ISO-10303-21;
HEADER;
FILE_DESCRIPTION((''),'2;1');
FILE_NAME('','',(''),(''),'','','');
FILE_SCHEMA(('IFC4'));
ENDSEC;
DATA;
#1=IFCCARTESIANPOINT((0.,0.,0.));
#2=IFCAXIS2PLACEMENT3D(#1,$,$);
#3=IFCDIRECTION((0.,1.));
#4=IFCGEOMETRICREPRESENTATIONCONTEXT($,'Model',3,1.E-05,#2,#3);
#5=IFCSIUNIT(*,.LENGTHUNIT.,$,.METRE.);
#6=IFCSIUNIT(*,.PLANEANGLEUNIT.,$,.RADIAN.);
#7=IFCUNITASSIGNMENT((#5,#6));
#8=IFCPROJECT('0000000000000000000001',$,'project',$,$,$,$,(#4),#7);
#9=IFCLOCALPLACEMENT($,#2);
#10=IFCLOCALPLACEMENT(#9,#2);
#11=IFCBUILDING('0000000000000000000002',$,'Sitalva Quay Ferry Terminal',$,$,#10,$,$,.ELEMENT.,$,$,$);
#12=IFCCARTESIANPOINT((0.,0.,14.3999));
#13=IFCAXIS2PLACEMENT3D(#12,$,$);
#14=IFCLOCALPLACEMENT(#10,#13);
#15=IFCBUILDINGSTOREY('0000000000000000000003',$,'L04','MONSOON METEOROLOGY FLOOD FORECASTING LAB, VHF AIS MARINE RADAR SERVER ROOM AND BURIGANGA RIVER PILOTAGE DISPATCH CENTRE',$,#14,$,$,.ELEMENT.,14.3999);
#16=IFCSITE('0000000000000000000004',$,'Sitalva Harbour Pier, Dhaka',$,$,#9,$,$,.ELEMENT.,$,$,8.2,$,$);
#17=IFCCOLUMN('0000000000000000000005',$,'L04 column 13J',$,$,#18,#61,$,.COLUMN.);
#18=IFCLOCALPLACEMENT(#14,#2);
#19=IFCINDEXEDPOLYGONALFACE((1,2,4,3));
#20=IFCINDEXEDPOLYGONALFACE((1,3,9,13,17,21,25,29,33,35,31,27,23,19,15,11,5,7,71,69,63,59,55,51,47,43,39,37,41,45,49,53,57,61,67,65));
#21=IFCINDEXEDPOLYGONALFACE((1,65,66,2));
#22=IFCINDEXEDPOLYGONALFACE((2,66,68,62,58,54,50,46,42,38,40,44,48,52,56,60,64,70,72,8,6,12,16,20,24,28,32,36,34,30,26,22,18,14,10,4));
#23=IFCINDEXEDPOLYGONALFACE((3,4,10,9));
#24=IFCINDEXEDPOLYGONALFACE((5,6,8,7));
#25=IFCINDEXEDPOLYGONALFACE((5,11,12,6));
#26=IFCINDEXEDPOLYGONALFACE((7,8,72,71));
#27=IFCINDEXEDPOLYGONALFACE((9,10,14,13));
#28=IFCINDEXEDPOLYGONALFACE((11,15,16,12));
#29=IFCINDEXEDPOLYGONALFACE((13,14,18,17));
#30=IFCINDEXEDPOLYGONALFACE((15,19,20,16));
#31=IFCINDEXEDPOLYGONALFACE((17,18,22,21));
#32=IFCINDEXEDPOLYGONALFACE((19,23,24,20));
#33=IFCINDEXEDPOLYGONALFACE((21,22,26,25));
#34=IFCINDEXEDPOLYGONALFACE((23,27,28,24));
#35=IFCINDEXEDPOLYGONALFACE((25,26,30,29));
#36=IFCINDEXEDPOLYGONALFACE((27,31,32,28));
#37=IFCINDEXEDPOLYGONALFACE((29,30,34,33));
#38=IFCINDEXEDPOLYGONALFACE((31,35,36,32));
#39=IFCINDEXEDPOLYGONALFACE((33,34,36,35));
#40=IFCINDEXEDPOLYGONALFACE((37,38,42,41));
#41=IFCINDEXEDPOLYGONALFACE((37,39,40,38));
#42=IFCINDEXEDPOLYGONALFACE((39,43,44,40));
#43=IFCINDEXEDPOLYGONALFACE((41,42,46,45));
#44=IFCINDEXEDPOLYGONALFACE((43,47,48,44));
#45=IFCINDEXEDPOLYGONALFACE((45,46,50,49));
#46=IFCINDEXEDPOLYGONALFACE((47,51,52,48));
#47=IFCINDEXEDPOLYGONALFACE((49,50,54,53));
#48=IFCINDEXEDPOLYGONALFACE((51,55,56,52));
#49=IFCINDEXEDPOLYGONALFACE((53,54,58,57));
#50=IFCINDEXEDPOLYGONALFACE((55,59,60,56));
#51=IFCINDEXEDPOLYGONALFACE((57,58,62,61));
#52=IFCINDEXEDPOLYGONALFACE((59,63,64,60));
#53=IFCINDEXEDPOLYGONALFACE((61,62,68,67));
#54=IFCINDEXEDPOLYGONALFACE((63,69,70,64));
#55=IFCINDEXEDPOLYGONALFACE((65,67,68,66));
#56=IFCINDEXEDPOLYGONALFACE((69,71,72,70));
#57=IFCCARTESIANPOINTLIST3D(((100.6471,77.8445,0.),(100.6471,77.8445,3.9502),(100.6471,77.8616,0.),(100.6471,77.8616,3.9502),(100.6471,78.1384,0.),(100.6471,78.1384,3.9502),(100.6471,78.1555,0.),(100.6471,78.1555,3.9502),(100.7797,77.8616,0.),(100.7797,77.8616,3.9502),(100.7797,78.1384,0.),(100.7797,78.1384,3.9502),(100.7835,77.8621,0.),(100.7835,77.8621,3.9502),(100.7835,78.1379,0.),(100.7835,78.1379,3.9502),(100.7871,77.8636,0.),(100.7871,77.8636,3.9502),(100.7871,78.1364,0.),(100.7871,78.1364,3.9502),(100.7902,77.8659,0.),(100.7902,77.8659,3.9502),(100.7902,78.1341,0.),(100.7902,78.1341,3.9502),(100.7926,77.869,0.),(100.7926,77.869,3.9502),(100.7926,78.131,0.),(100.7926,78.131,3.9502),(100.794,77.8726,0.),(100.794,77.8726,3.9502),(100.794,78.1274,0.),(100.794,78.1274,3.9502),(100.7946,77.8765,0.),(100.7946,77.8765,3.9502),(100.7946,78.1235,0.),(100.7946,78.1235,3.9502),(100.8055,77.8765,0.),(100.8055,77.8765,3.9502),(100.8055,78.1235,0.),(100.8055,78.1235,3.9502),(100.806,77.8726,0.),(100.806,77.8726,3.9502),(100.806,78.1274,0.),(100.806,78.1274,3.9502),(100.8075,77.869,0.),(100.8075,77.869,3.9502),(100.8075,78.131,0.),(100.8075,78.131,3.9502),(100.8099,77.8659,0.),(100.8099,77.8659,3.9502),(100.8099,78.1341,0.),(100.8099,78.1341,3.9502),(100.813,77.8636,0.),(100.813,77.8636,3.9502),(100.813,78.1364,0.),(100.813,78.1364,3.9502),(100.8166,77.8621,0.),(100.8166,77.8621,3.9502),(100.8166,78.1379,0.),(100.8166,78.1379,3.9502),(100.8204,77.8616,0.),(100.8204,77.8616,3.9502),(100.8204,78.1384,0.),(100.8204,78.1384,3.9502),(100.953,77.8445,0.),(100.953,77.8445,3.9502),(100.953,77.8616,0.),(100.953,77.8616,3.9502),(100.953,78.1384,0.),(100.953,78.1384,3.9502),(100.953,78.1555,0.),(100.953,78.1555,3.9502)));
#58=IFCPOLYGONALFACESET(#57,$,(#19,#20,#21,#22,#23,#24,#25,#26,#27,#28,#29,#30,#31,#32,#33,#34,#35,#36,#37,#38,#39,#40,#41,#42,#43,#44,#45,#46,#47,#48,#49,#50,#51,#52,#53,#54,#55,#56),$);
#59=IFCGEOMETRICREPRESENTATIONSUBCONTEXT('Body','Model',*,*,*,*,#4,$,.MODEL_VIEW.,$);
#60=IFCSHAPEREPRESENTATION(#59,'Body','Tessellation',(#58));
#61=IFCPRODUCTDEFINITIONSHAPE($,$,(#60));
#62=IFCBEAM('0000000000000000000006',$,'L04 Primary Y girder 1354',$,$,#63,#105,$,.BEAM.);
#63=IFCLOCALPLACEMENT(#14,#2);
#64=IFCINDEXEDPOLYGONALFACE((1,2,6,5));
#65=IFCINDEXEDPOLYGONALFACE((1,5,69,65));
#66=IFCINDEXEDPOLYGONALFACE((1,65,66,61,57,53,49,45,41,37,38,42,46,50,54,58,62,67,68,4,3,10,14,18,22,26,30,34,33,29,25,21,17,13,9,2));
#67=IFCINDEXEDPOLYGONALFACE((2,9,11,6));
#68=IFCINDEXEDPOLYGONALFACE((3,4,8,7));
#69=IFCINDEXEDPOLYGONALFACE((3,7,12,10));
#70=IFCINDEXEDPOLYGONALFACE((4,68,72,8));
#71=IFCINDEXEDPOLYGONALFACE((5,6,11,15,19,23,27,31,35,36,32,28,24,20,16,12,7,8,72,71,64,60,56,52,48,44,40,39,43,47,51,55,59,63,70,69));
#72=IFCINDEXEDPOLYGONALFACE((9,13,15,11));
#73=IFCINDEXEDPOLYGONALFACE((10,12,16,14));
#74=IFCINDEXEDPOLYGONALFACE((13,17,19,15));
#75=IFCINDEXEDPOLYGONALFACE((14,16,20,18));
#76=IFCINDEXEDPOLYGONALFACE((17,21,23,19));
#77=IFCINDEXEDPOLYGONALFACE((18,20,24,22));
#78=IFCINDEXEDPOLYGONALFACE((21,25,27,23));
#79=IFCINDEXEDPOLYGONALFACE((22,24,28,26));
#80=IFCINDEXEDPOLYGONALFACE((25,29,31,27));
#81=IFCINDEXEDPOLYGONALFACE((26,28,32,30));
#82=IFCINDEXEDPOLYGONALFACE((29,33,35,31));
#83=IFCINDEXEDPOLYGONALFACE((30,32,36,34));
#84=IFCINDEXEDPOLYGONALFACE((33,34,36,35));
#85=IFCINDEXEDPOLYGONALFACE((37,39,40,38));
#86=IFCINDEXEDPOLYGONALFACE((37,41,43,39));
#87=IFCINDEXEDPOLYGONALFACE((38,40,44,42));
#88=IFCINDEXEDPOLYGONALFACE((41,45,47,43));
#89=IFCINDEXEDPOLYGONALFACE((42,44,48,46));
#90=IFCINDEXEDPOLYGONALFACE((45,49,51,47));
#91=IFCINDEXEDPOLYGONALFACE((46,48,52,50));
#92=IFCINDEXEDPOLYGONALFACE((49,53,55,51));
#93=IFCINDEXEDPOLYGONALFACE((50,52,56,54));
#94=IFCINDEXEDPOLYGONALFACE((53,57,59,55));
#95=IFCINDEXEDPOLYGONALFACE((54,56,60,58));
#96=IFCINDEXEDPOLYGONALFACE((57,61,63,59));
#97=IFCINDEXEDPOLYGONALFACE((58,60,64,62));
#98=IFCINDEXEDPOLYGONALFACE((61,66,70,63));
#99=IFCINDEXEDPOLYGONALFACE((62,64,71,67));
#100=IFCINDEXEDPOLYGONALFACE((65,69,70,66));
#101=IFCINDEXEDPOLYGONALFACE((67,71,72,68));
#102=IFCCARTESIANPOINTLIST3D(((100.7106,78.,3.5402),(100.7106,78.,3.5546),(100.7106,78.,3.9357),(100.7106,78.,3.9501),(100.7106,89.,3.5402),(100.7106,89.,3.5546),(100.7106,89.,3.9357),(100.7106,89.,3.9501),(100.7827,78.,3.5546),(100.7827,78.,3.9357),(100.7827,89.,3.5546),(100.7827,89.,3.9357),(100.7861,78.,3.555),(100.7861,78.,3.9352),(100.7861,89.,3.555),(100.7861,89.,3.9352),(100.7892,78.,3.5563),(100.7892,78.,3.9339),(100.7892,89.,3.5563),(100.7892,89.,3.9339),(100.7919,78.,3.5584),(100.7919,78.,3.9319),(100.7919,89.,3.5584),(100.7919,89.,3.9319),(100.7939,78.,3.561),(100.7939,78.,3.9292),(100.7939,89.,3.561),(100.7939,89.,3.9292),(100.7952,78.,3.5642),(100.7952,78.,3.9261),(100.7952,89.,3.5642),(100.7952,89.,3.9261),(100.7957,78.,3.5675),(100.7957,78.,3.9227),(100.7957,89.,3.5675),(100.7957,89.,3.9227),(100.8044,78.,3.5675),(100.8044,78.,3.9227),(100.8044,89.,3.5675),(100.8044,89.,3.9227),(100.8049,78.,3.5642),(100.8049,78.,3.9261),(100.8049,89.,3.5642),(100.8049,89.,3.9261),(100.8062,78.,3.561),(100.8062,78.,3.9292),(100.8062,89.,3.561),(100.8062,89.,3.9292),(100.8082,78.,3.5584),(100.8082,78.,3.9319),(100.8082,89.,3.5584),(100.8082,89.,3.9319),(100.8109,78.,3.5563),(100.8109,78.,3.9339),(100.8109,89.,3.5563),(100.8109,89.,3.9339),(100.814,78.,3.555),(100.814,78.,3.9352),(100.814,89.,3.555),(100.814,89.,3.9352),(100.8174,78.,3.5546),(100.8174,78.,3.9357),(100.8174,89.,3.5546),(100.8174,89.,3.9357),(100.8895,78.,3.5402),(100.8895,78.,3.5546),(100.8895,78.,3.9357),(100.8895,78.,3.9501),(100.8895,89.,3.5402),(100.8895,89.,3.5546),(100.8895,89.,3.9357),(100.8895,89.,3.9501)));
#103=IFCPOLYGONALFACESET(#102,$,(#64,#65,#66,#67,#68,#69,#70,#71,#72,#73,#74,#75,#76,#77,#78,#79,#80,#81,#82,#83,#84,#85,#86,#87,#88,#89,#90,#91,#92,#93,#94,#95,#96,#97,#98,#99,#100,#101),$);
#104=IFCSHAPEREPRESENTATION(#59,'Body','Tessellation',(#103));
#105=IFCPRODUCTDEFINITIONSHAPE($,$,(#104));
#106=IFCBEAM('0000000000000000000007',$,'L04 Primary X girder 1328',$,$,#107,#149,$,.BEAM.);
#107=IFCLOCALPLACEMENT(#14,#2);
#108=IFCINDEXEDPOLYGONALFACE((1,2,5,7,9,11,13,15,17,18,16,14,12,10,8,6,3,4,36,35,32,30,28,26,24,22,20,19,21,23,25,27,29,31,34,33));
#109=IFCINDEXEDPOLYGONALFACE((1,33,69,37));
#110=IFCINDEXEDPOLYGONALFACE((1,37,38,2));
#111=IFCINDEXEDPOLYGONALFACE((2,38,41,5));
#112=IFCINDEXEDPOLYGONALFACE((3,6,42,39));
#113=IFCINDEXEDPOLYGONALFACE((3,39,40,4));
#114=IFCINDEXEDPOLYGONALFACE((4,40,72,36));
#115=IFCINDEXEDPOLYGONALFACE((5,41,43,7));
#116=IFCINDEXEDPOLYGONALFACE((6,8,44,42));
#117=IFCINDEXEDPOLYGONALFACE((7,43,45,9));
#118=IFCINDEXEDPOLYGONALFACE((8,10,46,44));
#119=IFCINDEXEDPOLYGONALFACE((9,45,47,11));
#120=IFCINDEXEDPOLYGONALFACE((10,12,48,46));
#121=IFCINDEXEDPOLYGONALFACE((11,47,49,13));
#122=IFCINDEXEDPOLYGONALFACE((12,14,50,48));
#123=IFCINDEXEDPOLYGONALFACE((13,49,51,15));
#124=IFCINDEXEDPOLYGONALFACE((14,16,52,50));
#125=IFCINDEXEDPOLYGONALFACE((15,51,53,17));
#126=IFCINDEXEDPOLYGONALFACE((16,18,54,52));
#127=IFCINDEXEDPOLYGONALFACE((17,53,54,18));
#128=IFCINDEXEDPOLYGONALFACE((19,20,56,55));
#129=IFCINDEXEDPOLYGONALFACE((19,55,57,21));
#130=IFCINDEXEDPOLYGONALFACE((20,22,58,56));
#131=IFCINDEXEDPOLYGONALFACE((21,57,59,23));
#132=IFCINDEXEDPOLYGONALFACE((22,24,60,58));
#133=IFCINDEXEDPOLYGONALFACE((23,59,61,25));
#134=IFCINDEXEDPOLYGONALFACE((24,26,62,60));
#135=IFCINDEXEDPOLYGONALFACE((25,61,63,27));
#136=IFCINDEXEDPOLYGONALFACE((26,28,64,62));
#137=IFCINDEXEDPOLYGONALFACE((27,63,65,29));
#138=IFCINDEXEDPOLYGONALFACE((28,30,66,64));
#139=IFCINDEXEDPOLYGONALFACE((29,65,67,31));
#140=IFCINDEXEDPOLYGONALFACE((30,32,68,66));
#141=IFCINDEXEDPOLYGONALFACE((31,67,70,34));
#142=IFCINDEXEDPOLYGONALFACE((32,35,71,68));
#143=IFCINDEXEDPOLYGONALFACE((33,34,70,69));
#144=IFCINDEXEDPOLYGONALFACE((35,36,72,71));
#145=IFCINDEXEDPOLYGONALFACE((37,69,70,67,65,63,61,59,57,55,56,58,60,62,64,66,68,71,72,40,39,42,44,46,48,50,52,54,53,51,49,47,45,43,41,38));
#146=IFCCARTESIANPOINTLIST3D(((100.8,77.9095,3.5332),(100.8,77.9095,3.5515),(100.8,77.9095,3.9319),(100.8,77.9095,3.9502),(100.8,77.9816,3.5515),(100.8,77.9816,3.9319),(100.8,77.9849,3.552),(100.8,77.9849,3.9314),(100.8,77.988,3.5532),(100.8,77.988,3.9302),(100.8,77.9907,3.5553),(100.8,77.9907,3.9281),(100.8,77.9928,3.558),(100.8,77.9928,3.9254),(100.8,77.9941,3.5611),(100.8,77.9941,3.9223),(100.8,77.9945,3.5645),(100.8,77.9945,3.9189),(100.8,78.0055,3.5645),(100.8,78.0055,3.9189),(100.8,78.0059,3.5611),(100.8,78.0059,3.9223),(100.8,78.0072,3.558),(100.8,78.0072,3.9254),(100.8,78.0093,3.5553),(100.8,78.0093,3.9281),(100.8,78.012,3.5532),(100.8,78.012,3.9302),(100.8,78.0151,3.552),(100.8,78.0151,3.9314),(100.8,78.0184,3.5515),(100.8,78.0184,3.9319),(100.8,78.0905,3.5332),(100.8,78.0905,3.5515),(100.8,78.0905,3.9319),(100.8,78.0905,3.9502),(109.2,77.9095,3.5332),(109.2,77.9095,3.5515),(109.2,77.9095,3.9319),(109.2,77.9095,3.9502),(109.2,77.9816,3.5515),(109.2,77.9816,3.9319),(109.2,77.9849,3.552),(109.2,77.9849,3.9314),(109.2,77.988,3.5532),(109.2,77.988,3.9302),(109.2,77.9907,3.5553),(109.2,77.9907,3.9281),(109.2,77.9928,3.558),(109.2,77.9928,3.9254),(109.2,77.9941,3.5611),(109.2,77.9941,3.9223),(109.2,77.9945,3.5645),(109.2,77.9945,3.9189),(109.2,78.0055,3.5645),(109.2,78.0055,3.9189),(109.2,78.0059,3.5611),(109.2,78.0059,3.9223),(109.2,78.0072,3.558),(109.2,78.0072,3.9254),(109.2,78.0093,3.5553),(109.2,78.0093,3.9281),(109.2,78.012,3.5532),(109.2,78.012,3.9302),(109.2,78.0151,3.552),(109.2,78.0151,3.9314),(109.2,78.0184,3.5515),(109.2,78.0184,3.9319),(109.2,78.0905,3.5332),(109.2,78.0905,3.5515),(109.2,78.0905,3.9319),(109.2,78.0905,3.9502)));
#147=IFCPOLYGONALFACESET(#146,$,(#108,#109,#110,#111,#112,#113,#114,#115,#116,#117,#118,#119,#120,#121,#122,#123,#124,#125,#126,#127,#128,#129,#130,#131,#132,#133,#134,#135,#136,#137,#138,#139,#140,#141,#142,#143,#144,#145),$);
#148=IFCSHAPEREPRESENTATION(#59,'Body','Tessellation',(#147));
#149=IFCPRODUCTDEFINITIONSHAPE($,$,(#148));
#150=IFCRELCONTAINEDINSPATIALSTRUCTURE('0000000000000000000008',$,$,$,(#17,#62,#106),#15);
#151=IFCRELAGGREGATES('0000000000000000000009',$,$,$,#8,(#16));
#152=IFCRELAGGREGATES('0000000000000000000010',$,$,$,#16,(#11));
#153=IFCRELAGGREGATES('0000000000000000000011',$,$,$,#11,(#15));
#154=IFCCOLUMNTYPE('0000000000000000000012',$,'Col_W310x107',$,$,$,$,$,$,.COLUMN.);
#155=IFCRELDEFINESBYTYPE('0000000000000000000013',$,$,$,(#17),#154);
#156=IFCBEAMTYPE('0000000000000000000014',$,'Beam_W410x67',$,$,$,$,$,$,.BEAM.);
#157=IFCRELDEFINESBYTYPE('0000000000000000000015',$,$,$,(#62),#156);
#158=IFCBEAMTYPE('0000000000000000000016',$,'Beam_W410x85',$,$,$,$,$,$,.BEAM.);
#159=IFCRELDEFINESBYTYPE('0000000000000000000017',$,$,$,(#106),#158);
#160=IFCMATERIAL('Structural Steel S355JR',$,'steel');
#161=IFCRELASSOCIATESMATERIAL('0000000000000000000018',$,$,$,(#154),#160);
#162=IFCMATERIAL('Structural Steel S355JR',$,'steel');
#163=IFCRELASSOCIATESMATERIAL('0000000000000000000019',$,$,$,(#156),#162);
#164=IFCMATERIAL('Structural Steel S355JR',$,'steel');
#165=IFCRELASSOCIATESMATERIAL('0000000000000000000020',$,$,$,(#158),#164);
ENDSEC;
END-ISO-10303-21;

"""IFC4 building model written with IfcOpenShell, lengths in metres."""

from ifc_helpers import new_model, si_unit, direction, frame, origin, origin_2d, place, context, subcontext, project, spatial, i_section, extrude, material, material_profile, profile_set, type_object, element, save


model = new_model("IFC4")

# Units and contexts
model_context = context("Model", 3, precision=1e-05, world=origin(), true_north=direction((0.0, 1.0)))
body_context = subcontext(model_context, "Body", "Model", "MODEL_VIEW")
ifc_project = project(units=[si_unit("LENGTHUNIT", "METRE"), si_unit("PLANEANGLEUNIT", "RADIAN")], contexts=[model_context])

# Site, building, storey
site_placement = place(None, origin())
site = spatial("IfcSite", under=ifc_project, at=site_placement, Name="Sitalva Harbour Pier, Dhaka", CompositionType="ELEMENT", RefElevation=8.2)
building_placement = place(site_placement, origin())
building = spatial("IfcBuilding", under=site, at=building_placement, Name="Sitalva Quay Ferry Terminal", CompositionType="ELEMENT")
storey_placement = place(building_placement, frame((0.0, 0.0, 14.3999)))
storey = spatial("IfcBuildingStorey", under=building, at=storey_placement, Name="L04", Description="MONSOON METEOROLOGY FLOOD FORECASTING LAB, VHF AIS MARINE RADAR SERVER ROOM AND BURIGANGA RIVER PILOTAGE DISPATCH CENTRE", CompositionType="ELEMENT", Elevation=14.3999)

# Column
ifc_material_1 = material(Name="Structural Steel S355JR", Category="steel")
ifc_material_profile_1 = material_profile(ifc_material_1, i_section(OverallWidth=0.3059, OverallDepth=0.311, WebThickness=0.011, FlangeThickness=0.0171, FilletRadius=0.0149, at=origin_2d()), Name="W310x107")
ifc_profile_set_1 = profile_set([ifc_material_profile_1], Name="Structural Steel S355JR")
column_type = type_object("IfcColumnType", Name="Col_W310x107", PredefinedType="COLUMN", material=ifc_profile_set_1)
column_placement = place(storey_placement, frame((100.8, 78.0, 0.0), z_axis=(0.0, 0.0, 1.0), x_axis=(1.0, 0.0, 0.0)))
element("IfcColumn", 1, at=column_placement, inside=storey, type_object=column_type, Name="L04 column 13J", PredefinedType="COLUMN", context=body_context, shape_type="SweptSolid", body=[
    extrude(i_section(OverallWidth=0.3059, OverallDepth=0.311, WebThickness=0.011, FlangeThickness=0.0171, FilletRadius=0.0149, at=origin_2d()), origin(), (0.0, 0.0, 1.0), 3.9502),
])

# Beams
ifc_material_2 = material(Name="Structural Steel S355JR", Category="steel")
ifc_material_profile_2 = material_profile(ifc_material_2, i_section(OverallWidth=0.179, OverallDepth=0.4099, WebThickness=0.0088, FlangeThickness=0.0144, FilletRadius=0.0129, at=origin_2d()), Name="W410x67")
ifc_profile_set_2 = profile_set([ifc_material_profile_2], Name="Structural Steel S355JR")
beam_type_1 = type_object("IfcBeamType", Name="Beam_W410x67", PredefinedType="BEAM", material=ifc_profile_set_2)
beam_1_placement = place(storey_placement, frame((100.8, 78.0, 3.7451), z_axis=(0.0, 1.0, 0.0), x_axis=(-1.0, 0.0, 0.0)))
element("IfcBeam", 2, at=beam_1_placement, inside=storey, type_object=beam_type_1, Name="L04 Primary Y girder 1354", PredefinedType="BEAM", context=body_context, shape_type="SweptSolid", body=[
    extrude(i_section(OverallWidth=0.179, OverallDepth=0.4099, WebThickness=0.0088, FlangeThickness=0.0144, FilletRadius=0.0129, at=origin_2d()), origin(), (0.0, 0.0, 1.0), 11.0),
])
ifc_material_3 = material(Name="Structural Steel S355JR", Category="steel")
ifc_material_profile_3 = material_profile(ifc_material_3, i_section(OverallWidth=0.1809, OverallDepth=0.417, WebThickness=0.011, FlangeThickness=0.0183, FilletRadius=0.0129, at=origin_2d()), Name="W410x85")
ifc_profile_set_3 = profile_set([ifc_material_profile_3], Name="Structural Steel S355JR")
beam_type_2 = type_object("IfcBeamType", Name="Beam_W410x85", PredefinedType="BEAM", material=ifc_profile_set_3)
beam_2_placement = place(storey_placement, frame((100.8, 78.0, 3.7417), z_axis=(1.0, 0.0, 0.0), x_axis=(0.0, 1.0, 0.0)))
element("IfcBeam", 3, at=beam_2_placement, inside=storey, type_object=beam_type_2, Name="L04 Primary X girder 1328", PredefinedType="BEAM", context=body_context, shape_type="SweptSolid", body=[
    extrude(i_section(OverallWidth=0.1809, OverallDepth=0.417, WebThickness=0.011, FlangeThickness=0.0183, FilletRadius=0.0129, at=origin_2d()), origin(), (0.0, 0.0, 1.0), 8.3999),
])

save(model, "model.ifc")
